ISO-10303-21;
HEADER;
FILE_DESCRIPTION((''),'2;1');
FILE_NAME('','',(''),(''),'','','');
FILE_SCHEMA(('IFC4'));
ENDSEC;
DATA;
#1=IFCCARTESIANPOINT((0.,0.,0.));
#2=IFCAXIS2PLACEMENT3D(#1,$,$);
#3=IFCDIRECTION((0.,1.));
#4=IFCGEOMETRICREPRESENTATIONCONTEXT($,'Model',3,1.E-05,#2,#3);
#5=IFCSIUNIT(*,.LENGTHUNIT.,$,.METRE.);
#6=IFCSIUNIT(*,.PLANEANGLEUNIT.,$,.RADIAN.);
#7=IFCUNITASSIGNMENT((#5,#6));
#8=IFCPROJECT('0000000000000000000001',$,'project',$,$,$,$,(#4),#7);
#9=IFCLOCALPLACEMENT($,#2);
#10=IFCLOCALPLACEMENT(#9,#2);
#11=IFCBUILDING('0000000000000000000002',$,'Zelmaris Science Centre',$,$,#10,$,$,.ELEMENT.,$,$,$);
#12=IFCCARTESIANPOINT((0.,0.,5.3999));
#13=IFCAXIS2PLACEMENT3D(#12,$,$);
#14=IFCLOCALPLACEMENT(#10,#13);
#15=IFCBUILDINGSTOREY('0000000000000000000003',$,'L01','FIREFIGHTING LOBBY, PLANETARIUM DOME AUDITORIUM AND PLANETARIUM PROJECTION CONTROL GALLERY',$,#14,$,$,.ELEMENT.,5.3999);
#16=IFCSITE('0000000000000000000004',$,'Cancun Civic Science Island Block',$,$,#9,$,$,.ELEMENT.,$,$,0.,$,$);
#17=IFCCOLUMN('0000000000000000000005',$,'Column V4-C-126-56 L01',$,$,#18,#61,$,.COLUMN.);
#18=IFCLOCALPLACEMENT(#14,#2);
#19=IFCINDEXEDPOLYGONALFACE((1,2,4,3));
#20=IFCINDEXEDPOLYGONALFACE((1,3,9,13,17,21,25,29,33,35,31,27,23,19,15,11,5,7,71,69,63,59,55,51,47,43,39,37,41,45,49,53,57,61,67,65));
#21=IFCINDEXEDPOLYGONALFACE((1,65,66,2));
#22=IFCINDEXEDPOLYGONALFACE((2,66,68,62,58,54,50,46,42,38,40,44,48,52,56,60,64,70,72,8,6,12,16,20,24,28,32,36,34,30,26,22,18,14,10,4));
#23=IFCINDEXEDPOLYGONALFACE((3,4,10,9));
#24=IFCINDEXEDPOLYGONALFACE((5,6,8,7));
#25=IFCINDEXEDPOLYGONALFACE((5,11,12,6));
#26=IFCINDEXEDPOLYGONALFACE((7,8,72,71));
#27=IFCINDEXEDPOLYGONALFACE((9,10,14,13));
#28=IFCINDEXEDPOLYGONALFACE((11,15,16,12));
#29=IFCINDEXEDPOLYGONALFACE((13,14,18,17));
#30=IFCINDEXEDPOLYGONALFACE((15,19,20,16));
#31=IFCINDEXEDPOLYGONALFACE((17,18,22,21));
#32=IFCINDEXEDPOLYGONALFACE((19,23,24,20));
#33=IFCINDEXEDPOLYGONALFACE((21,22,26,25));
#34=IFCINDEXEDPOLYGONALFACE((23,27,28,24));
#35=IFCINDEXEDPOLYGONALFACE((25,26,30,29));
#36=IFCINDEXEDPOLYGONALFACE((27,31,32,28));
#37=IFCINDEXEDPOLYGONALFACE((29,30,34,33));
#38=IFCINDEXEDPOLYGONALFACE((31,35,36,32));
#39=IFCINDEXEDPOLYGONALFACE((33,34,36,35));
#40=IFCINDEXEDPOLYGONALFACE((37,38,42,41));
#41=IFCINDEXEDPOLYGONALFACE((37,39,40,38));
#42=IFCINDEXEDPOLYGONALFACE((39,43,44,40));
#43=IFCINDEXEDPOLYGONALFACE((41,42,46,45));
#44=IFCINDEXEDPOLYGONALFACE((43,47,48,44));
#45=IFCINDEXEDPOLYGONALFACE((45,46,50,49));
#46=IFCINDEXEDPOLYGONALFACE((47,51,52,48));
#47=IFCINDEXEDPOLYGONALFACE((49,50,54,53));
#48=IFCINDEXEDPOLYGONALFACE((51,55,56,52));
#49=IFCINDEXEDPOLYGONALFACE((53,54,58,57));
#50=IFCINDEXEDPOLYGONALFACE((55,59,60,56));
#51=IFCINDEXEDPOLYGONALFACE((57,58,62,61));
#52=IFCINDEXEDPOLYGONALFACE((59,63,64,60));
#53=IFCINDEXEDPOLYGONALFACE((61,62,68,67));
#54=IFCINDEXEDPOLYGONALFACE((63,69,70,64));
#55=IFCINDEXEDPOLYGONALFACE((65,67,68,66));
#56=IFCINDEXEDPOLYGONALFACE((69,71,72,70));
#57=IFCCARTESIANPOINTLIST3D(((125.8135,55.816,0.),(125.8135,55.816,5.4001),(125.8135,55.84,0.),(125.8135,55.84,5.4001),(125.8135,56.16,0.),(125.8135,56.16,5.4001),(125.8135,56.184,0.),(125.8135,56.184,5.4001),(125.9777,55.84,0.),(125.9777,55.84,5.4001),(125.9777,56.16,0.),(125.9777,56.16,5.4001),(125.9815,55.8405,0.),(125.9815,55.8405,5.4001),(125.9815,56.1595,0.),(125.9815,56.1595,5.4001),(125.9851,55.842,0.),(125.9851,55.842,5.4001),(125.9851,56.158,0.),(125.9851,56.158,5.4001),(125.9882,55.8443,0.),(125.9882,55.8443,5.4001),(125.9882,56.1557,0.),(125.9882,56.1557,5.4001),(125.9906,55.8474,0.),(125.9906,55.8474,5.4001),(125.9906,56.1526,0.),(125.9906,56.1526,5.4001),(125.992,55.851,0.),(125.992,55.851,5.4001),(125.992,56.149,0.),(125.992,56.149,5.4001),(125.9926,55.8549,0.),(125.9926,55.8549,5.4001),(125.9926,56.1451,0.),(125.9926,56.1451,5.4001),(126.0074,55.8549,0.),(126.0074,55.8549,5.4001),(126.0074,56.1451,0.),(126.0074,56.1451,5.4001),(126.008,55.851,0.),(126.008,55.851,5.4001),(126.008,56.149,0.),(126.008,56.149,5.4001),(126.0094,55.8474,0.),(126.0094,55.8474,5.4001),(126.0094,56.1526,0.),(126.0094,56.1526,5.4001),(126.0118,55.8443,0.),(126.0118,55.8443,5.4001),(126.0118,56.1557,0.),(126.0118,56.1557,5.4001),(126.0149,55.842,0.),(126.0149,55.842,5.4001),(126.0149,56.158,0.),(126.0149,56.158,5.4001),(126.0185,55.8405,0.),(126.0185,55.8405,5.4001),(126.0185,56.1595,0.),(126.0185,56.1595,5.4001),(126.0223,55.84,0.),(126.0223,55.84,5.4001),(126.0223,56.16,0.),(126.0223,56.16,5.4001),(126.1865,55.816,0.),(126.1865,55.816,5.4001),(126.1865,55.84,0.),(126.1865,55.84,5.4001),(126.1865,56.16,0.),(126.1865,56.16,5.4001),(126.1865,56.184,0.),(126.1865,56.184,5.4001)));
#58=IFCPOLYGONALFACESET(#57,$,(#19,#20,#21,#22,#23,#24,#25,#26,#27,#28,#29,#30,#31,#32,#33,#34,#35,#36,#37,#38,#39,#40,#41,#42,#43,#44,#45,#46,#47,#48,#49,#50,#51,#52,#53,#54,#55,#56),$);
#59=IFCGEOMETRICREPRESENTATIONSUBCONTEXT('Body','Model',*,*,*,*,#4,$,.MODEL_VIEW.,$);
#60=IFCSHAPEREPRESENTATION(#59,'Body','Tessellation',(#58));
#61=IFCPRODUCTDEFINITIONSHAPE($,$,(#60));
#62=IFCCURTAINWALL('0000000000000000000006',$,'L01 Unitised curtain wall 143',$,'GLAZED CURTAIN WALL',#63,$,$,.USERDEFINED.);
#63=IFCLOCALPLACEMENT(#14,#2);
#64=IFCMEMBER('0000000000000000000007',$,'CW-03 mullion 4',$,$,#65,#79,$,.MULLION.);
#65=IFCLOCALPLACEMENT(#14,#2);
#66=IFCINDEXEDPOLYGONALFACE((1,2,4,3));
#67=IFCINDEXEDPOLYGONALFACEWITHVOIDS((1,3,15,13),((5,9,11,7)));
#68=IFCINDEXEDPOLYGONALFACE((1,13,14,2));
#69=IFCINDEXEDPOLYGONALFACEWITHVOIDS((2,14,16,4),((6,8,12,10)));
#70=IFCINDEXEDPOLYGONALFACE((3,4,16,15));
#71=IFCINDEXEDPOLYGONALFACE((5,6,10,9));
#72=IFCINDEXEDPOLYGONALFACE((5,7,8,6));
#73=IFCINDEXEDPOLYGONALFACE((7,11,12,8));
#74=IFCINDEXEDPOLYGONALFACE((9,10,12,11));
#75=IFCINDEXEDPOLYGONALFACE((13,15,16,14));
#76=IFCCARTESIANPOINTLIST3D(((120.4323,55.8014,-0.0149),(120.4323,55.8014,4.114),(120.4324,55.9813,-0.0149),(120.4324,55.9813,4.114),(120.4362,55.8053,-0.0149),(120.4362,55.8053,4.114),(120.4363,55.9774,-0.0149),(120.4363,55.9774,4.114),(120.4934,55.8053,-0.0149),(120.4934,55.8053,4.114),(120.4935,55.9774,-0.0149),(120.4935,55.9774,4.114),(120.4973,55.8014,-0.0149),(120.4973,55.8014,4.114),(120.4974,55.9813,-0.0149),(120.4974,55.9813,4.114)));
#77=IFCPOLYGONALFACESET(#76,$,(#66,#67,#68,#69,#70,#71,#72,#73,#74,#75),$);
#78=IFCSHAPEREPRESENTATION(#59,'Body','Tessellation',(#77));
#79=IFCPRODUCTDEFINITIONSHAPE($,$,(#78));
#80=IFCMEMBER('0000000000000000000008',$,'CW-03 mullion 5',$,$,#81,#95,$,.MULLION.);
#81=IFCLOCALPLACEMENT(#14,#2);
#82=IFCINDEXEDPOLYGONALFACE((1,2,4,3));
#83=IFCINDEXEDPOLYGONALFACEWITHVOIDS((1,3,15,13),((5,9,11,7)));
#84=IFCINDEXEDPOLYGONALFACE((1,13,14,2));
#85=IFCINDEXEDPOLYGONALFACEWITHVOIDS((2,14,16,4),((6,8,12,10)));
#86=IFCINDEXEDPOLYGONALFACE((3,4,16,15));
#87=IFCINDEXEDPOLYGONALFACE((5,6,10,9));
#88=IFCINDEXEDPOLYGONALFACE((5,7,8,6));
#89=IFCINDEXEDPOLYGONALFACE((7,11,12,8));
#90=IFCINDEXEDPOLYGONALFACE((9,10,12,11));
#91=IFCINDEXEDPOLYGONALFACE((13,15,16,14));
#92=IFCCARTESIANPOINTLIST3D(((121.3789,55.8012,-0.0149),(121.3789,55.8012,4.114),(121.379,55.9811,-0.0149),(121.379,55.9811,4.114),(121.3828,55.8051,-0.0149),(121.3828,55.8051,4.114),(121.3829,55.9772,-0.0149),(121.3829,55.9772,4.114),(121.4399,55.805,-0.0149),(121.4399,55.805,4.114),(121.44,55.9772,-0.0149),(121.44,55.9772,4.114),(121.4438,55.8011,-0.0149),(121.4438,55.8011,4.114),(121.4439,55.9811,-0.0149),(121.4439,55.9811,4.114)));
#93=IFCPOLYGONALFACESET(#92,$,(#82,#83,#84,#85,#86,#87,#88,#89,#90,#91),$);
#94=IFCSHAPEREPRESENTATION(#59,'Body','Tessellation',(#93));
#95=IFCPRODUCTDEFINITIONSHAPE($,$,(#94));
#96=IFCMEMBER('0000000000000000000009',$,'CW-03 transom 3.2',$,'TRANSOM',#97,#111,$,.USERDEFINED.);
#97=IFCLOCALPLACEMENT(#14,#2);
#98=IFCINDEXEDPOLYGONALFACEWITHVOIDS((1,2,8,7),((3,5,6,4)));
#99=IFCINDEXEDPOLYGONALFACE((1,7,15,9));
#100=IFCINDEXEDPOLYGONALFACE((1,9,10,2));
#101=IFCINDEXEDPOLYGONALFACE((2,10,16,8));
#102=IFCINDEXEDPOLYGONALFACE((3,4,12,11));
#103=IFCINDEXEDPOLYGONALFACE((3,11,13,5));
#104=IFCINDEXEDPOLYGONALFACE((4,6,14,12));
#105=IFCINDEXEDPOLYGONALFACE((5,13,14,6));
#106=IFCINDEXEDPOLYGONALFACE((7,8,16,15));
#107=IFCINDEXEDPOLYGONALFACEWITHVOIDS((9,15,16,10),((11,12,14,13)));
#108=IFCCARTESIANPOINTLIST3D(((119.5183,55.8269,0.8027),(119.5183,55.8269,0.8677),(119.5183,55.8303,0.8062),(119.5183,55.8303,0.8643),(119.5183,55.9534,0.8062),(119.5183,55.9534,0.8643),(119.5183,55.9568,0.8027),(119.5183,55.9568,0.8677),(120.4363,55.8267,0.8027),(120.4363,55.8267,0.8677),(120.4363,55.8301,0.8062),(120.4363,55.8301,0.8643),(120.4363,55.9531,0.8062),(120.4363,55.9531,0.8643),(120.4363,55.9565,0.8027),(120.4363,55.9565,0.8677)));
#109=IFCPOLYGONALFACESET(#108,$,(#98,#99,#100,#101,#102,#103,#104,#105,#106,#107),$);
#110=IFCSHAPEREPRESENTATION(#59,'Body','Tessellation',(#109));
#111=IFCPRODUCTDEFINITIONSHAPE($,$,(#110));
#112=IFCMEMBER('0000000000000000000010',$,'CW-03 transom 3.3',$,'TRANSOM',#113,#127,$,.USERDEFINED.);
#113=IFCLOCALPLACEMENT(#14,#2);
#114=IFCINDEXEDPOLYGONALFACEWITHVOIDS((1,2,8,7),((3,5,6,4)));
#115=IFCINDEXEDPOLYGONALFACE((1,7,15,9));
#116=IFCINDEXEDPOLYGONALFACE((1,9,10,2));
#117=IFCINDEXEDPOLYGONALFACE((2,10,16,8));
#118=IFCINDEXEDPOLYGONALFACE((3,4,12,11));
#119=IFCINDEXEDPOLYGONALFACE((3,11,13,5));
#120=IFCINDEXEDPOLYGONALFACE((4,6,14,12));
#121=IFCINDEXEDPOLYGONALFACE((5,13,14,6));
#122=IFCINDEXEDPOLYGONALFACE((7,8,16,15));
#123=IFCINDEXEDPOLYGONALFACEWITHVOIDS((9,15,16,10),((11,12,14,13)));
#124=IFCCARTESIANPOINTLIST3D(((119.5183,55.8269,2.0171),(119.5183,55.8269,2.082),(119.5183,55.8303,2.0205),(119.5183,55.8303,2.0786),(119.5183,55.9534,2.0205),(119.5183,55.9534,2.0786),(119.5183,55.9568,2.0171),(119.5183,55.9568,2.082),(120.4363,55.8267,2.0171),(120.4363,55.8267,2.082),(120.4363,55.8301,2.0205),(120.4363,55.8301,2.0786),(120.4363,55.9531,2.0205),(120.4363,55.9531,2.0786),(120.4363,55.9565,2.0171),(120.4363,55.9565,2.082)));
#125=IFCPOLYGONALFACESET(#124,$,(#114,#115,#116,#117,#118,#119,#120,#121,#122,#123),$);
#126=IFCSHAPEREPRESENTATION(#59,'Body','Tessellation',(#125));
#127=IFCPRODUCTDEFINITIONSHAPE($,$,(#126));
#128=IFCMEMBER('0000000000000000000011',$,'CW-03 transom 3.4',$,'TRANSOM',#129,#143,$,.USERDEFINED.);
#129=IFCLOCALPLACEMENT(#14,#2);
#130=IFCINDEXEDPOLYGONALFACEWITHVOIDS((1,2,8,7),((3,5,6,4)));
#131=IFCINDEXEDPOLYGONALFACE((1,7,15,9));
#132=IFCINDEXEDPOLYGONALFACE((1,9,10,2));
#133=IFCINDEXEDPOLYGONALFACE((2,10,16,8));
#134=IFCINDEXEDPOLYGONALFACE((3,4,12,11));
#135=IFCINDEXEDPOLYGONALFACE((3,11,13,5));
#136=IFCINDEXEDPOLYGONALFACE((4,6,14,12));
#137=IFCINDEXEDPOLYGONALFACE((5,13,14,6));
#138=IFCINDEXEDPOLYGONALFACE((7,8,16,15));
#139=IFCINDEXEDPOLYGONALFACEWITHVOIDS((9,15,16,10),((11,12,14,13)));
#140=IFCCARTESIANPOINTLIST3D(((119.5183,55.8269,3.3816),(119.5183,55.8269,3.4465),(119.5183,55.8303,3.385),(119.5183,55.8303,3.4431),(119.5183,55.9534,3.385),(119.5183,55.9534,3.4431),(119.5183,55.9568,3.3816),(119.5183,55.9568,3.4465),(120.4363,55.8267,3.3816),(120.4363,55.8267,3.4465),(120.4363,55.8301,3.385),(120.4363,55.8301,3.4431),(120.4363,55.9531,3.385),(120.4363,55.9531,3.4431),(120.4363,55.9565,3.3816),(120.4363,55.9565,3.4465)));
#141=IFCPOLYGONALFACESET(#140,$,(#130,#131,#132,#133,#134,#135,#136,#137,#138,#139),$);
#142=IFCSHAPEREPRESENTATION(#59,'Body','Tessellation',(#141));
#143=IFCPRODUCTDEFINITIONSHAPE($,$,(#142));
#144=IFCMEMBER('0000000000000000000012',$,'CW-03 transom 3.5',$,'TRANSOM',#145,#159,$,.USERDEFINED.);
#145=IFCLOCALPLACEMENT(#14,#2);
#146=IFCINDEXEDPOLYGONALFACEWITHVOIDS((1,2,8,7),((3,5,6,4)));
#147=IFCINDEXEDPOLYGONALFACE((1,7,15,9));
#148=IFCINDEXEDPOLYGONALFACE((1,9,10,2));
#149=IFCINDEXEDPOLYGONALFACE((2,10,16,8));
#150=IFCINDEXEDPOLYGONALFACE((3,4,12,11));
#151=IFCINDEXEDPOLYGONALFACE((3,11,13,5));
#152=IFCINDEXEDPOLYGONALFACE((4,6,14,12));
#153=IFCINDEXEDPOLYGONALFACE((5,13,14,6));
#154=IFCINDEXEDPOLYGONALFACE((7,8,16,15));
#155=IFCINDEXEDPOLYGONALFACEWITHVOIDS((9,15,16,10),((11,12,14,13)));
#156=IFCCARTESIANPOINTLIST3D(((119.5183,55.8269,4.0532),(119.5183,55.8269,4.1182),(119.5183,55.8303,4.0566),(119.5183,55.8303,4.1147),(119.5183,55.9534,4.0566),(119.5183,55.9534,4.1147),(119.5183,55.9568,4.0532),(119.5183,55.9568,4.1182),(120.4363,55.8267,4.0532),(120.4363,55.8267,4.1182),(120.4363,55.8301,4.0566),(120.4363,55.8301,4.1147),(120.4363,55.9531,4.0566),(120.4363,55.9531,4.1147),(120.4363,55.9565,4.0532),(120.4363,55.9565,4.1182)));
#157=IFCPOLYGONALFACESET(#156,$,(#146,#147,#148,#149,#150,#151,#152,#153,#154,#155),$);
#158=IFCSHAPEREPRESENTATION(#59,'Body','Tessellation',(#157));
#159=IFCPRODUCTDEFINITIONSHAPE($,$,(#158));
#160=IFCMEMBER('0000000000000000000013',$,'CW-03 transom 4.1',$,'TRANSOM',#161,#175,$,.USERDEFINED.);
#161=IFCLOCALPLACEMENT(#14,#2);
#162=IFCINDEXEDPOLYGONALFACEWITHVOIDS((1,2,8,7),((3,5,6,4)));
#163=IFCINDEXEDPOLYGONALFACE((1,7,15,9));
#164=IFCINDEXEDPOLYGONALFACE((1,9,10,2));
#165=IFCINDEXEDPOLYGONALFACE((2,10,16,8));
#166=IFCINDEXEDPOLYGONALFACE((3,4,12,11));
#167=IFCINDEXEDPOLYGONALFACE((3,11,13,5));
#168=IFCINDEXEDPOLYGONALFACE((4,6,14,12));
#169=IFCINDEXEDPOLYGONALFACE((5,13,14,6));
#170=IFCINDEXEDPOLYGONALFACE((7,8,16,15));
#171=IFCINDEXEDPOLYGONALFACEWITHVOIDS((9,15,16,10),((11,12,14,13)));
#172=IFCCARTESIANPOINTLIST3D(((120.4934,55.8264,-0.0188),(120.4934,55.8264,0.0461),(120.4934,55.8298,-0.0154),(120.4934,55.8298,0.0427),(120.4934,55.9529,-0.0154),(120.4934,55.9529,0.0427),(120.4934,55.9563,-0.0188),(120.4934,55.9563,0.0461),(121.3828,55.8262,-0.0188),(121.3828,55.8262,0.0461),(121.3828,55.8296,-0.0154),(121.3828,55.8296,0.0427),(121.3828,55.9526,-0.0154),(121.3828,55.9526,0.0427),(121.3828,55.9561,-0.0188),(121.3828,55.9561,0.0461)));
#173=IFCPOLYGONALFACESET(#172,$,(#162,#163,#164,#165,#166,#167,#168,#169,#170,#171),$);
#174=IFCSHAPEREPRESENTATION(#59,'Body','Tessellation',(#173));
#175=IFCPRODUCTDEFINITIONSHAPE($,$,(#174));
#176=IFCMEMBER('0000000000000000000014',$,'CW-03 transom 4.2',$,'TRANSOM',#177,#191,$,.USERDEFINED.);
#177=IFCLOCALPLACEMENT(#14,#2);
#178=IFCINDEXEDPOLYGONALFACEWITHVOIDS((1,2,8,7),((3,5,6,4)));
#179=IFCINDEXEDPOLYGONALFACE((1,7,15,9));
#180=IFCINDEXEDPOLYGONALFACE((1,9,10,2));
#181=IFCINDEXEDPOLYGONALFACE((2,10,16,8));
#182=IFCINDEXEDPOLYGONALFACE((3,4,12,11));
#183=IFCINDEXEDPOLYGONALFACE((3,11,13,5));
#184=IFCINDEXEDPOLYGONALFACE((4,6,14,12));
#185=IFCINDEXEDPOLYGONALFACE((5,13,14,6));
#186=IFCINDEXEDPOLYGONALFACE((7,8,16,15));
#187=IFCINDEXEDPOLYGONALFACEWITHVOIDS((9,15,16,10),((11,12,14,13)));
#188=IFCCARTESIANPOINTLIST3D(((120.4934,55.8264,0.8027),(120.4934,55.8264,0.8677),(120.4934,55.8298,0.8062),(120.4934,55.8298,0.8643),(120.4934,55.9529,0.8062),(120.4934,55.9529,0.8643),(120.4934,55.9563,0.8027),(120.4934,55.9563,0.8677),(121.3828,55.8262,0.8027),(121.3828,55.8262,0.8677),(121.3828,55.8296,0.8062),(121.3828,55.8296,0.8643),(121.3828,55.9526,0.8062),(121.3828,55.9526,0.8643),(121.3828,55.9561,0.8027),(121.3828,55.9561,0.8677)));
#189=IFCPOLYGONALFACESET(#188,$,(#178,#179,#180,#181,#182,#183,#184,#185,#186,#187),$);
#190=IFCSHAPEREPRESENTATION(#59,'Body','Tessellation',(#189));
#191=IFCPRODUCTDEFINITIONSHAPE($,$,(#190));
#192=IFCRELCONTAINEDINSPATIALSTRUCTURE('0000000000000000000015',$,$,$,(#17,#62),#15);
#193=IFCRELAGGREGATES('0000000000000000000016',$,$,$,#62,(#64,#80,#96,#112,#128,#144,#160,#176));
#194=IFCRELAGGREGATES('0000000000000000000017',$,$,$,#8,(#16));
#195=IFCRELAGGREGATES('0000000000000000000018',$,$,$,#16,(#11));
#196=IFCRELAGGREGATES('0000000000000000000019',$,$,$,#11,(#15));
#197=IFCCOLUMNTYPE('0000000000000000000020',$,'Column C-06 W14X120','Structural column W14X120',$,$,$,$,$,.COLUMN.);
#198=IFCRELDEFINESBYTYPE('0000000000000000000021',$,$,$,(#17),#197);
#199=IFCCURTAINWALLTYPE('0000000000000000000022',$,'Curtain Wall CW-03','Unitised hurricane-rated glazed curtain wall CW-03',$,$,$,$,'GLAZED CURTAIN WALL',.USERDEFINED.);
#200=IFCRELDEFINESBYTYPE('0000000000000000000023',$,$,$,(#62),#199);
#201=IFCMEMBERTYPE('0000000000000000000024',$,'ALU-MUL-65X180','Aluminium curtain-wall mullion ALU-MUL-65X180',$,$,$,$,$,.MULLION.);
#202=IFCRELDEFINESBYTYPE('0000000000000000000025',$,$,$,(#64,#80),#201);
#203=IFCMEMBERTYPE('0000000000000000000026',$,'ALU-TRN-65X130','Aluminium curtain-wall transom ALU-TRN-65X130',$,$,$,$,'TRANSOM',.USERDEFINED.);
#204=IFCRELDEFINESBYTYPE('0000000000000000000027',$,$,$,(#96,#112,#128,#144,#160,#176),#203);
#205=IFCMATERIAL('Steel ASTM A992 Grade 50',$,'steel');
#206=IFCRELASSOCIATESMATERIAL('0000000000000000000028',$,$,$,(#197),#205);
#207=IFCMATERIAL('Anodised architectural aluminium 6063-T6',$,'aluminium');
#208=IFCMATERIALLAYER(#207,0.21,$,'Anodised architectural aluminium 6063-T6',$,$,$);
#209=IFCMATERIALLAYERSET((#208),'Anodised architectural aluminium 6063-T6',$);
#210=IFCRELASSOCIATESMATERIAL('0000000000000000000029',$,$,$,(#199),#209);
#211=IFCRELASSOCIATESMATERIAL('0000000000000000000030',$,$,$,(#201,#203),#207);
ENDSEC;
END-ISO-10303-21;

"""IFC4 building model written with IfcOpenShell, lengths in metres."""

from ifc_helpers import new_model, si_unit, direction, frame, origin, origin_2d, place, context, subcontext, project, spatial, hollow_rectangle, i_section, extrude, material, layer, layer_set, material_profile, profile_set, type_object, element, aggregate, save


model = new_model("IFC4")

# Units and contexts
model_context = context("Model", 3, precision=1e-05, world=origin(), true_north=direction((0.0, 1.0)))
body_context = subcontext(model_context, "Body", "Model", "MODEL_VIEW")
ifc_project = project(units=[si_unit("LENGTHUNIT", "METRE"), si_unit("PLANEANGLEUNIT", "RADIAN")], contexts=[model_context])

# Site, building, storey
site_placement = place(None, origin())
site = spatial("IfcSite", under=ifc_project, at=site_placement, Name="Cancun Civic Science Island Block", CompositionType="ELEMENT", RefElevation=0.0)
building_placement = place(site_placement, origin())
building = spatial("IfcBuilding", under=site, at=building_placement, Name="Zelmaris Science Centre", CompositionType="ELEMENT")
storey_placement = place(building_placement, frame((0.0, 0.0, 5.3999)))
storey = spatial("IfcBuildingStorey", under=building, at=storey_placement, Name="L01", Description="FIREFIGHTING LOBBY, PLANETARIUM DOME AUDITORIUM AND PLANETARIUM PROJECTION CONTROL GALLERY", CompositionType="ELEMENT", Elevation=5.3999)

# Column
ifc_material_1 = material(Name="Steel ASTM A992 Grade 50", Category="steel")
ifc_material_profile_1 = material_profile(ifc_material_1, i_section(OverallWidth=0.373, OverallDepth=0.3679, WebThickness=0.0149, FlangeThickness=0.0239, FilletRadius=0.0149, at=origin_2d()), Name="W14X120")
ifc_profile_set_1 = profile_set([ifc_material_profile_1], Name="Steel ASTM A992 Grade 50")
column_type = type_object("IfcColumnType", Name="Column C-06 W14X120", Description="Structural column W14X120", PredefinedType="COLUMN", material=ifc_profile_set_1)
column_placement = place(storey_placement, frame((126.0, 56.0, 0.0), z_axis=(0.0, 0.0, 1.0), x_axis=(1.0, 0.0, 0.0)))
element("IfcColumn", 1, at=column_placement, inside=storey, type_object=column_type, Name="Column V4-C-126-56 L01", PredefinedType="COLUMN", context=body_context, shape_type="SweptSolid", body=[
    extrude(i_section(OverallWidth=0.373, OverallDepth=0.3679, WebThickness=0.0149, FlangeThickness=0.0239, FilletRadius=0.0149, at=origin_2d()), origin(), (0.0, 0.0, 1.0), 5.4001),
])

# Curtain wall, members
ifc_material_2 = material(Name="Anodised architectural aluminium 6063-T6", Category="aluminium")
ifc_layer_1 = layer(ifc_material_2, 0.21, Name="Anodised architectural aluminium 6063-T6")
ifc_layer_set_1 = layer_set([ifc_layer_1], Name="Anodised architectural aluminium 6063-T6")
curtain_wall_type_1 = type_object("IfcCurtainWallType", Name="Curtain Wall CW-03", Description="Unitised hurricane-rated glazed curtain wall CW-03", ElementType="GLAZED CURTAIN WALL", PredefinedType="USERDEFINED", material=ifc_layer_set_1)
curtain_wall_1_placement = place(storey_placement, origin())
curtain_wall_1 = element("IfcCurtainWall", 2, at=curtain_wall_1_placement, inside=storey, type_object=curtain_wall_type_1, Name="L01 Unitised curtain wall 143", ObjectType="GLAZED CURTAIN WALL", PredefinedType="USERDEFINED")
ifc_material_profile_2 = material_profile(ifc_material_2, hollow_rectangle(XDim=0.0649, YDim=0.1799, WallThickness=0.0039, at=origin_2d()), Name="ALU-MUL-65X180")
ifc_profile_set_2 = profile_set([ifc_material_profile_2], Name="Anodised architectural aluminium 6063-T6")
member_type_1 = type_object("IfcMemberType", Name="ALU-MUL-65X180", Description="Aluminium curtain-wall mullion ALU-MUL-65X180", PredefinedType="MULLION", material=ifc_profile_set_2)
member_1_placement = place(storey_placement, frame((120.4648, 55.8914, -0.0149), z_axis=(0.0, 0.0, 1.0), x_axis=(1.0, -0.000489, 0.0)))
member_1 = element("IfcMember", 3, at=member_1_placement, type_object=member_type_1, Name="CW-03 mullion 4", PredefinedType="MULLION", context=body_context, shape_type="SweptSolid", body=[
    extrude(hollow_rectangle(XDim=0.0649, YDim=0.1799, WallThickness=0.0039, at=origin_2d()), origin(), (0.0, 0.0, 1.0), 4.1289),
])
member_2_placement = place(storey_placement, frame((121.4114, 55.8911, -0.0149), z_axis=(0.0, 0.0, 1.0), x_axis=(1.0, -0.000489, 0.0)))
member_2 = element("IfcMember", 4, at=member_2_placement, type_object=member_type_1, Name="CW-03 mullion 5", PredefinedType="MULLION", context=body_context, shape_type="SweptSolid", body=[
    extrude(hollow_rectangle(XDim=0.0649, YDim=0.1799, WallThickness=0.0039, at=origin_2d()), origin(), (0.0, 0.0, 1.0), 4.1289),
])
ifc_material_profile_3 = material_profile(ifc_material_2, hollow_rectangle(XDim=0.0649, YDim=0.1299, WallThickness=0.0034, at=origin_2d()), Name="ALU-TRN-65X130")
ifc_profile_set_3 = profile_set([ifc_material_profile_3], Name="Anodised architectural aluminium 6063-T6")
member_type_2 = type_object("IfcMemberType", Name="ALU-TRN-65X130", Description="Aluminium curtain-wall transom ALU-TRN-65X130", ElementType="TRANSOM", PredefinedType="USERDEFINED", material=ifc_profile_set_3)
member_3_placement = place(storey_placement, frame((119.5183, 55.8918, 0.8352), z_axis=(1.0, -0.000266, 0.0), x_axis=(0.0, 0.0, 1.0)))
member_3 = element("IfcMember", 5, at=member_3_placement, type_object=member_type_2, Name="CW-03 transom 3.2", ObjectType="TRANSOM", PredefinedType="USERDEFINED", context=body_context, shape_type="SweptSolid", body=[
    extrude(hollow_rectangle(XDim=0.0649, YDim=0.1299, WallThickness=0.0034, at=origin_2d()), origin(), (0.0, 0.0, 1.0), 0.918),
])
member_4_placement = place(storey_placement, frame((119.5183, 55.8918, 2.0496), z_axis=(1.0, -0.000266, 0.0), x_axis=(0.0, 0.0, 1.0)))
member_4 = element("IfcMember", 6, at=member_4_placement, type_object=member_type_2, Name="CW-03 transom 3.3", ObjectType="TRANSOM", PredefinedType="USERDEFINED", context=body_context, shape_type="SweptSolid", body=[
    extrude(hollow_rectangle(XDim=0.0649, YDim=0.1299, WallThickness=0.0034, at=origin_2d()), origin(), (0.0, 0.0, 1.0), 0.918),
])
member_5_placement = place(storey_placement, frame((119.5183, 55.8918, 3.4141), z_axis=(1.0, -0.000266, 0.0), x_axis=(0.0, 0.0, 1.0)))
member_5 = element("IfcMember", 7, at=member_5_placement, type_object=member_type_2, Name="CW-03 transom 3.4", ObjectType="TRANSOM", PredefinedType="USERDEFINED", context=body_context, shape_type="SweptSolid", body=[
    extrude(hollow_rectangle(XDim=0.0649, YDim=0.1299, WallThickness=0.0034, at=origin_2d()), origin(), (0.0, 0.0, 1.0), 0.918),
])
member_6_placement = place(storey_placement, frame((119.5183, 55.8918, 4.0857), z_axis=(1.0, -0.000266, 0.0), x_axis=(0.0, 0.0, 1.0)))
member_6 = element("IfcMember", 8, at=member_6_placement, type_object=member_type_2, Name="CW-03 transom 3.5", ObjectType="TRANSOM", PredefinedType="USERDEFINED", context=body_context, shape_type="SweptSolid", body=[
    extrude(hollow_rectangle(XDim=0.0649, YDim=0.1299, WallThickness=0.0034, at=origin_2d()), origin(), (0.0, 0.0, 1.0), 0.918),
])
member_7_placement = place(storey_placement, frame((120.4934, 55.8914, 0.0137), z_axis=(1.0, -0.000274, 0.0), x_axis=(0.0, 0.0, 1.0)))
member_7 = element("IfcMember", 9, at=member_7_placement, type_object=member_type_2, Name="CW-03 transom 4.1", ObjectType="TRANSOM", PredefinedType="USERDEFINED", context=body_context, shape_type="SweptSolid", body=[
    extrude(hollow_rectangle(XDim=0.0649, YDim=0.1299, WallThickness=0.0034, at=origin_2d()), origin(), (0.0, 0.0, 1.0), 0.8894),
])
member_8_placement = place(storey_placement, frame((120.4934, 55.8914, 0.8352), z_axis=(1.0, -0.000274, 0.0), x_axis=(0.0, 0.0, 1.0)))
member_8 = element("IfcMember", 10, at=member_8_placement, type_object=member_type_2, Name="CW-03 transom 4.2", ObjectType="TRANSOM", PredefinedType="USERDEFINED", context=body_context, shape_type="SweptSolid", body=[
    extrude(hollow_rectangle(XDim=0.0649, YDim=0.1299, WallThickness=0.0034, at=origin_2d()), origin(), (0.0, 0.0, 1.0), 0.8894),
])

aggregate(curtain_wall_1, [member_1, member_2, member_3, member_4, member_5, member_6, member_7, member_8])

save(model, "model.ifc")
